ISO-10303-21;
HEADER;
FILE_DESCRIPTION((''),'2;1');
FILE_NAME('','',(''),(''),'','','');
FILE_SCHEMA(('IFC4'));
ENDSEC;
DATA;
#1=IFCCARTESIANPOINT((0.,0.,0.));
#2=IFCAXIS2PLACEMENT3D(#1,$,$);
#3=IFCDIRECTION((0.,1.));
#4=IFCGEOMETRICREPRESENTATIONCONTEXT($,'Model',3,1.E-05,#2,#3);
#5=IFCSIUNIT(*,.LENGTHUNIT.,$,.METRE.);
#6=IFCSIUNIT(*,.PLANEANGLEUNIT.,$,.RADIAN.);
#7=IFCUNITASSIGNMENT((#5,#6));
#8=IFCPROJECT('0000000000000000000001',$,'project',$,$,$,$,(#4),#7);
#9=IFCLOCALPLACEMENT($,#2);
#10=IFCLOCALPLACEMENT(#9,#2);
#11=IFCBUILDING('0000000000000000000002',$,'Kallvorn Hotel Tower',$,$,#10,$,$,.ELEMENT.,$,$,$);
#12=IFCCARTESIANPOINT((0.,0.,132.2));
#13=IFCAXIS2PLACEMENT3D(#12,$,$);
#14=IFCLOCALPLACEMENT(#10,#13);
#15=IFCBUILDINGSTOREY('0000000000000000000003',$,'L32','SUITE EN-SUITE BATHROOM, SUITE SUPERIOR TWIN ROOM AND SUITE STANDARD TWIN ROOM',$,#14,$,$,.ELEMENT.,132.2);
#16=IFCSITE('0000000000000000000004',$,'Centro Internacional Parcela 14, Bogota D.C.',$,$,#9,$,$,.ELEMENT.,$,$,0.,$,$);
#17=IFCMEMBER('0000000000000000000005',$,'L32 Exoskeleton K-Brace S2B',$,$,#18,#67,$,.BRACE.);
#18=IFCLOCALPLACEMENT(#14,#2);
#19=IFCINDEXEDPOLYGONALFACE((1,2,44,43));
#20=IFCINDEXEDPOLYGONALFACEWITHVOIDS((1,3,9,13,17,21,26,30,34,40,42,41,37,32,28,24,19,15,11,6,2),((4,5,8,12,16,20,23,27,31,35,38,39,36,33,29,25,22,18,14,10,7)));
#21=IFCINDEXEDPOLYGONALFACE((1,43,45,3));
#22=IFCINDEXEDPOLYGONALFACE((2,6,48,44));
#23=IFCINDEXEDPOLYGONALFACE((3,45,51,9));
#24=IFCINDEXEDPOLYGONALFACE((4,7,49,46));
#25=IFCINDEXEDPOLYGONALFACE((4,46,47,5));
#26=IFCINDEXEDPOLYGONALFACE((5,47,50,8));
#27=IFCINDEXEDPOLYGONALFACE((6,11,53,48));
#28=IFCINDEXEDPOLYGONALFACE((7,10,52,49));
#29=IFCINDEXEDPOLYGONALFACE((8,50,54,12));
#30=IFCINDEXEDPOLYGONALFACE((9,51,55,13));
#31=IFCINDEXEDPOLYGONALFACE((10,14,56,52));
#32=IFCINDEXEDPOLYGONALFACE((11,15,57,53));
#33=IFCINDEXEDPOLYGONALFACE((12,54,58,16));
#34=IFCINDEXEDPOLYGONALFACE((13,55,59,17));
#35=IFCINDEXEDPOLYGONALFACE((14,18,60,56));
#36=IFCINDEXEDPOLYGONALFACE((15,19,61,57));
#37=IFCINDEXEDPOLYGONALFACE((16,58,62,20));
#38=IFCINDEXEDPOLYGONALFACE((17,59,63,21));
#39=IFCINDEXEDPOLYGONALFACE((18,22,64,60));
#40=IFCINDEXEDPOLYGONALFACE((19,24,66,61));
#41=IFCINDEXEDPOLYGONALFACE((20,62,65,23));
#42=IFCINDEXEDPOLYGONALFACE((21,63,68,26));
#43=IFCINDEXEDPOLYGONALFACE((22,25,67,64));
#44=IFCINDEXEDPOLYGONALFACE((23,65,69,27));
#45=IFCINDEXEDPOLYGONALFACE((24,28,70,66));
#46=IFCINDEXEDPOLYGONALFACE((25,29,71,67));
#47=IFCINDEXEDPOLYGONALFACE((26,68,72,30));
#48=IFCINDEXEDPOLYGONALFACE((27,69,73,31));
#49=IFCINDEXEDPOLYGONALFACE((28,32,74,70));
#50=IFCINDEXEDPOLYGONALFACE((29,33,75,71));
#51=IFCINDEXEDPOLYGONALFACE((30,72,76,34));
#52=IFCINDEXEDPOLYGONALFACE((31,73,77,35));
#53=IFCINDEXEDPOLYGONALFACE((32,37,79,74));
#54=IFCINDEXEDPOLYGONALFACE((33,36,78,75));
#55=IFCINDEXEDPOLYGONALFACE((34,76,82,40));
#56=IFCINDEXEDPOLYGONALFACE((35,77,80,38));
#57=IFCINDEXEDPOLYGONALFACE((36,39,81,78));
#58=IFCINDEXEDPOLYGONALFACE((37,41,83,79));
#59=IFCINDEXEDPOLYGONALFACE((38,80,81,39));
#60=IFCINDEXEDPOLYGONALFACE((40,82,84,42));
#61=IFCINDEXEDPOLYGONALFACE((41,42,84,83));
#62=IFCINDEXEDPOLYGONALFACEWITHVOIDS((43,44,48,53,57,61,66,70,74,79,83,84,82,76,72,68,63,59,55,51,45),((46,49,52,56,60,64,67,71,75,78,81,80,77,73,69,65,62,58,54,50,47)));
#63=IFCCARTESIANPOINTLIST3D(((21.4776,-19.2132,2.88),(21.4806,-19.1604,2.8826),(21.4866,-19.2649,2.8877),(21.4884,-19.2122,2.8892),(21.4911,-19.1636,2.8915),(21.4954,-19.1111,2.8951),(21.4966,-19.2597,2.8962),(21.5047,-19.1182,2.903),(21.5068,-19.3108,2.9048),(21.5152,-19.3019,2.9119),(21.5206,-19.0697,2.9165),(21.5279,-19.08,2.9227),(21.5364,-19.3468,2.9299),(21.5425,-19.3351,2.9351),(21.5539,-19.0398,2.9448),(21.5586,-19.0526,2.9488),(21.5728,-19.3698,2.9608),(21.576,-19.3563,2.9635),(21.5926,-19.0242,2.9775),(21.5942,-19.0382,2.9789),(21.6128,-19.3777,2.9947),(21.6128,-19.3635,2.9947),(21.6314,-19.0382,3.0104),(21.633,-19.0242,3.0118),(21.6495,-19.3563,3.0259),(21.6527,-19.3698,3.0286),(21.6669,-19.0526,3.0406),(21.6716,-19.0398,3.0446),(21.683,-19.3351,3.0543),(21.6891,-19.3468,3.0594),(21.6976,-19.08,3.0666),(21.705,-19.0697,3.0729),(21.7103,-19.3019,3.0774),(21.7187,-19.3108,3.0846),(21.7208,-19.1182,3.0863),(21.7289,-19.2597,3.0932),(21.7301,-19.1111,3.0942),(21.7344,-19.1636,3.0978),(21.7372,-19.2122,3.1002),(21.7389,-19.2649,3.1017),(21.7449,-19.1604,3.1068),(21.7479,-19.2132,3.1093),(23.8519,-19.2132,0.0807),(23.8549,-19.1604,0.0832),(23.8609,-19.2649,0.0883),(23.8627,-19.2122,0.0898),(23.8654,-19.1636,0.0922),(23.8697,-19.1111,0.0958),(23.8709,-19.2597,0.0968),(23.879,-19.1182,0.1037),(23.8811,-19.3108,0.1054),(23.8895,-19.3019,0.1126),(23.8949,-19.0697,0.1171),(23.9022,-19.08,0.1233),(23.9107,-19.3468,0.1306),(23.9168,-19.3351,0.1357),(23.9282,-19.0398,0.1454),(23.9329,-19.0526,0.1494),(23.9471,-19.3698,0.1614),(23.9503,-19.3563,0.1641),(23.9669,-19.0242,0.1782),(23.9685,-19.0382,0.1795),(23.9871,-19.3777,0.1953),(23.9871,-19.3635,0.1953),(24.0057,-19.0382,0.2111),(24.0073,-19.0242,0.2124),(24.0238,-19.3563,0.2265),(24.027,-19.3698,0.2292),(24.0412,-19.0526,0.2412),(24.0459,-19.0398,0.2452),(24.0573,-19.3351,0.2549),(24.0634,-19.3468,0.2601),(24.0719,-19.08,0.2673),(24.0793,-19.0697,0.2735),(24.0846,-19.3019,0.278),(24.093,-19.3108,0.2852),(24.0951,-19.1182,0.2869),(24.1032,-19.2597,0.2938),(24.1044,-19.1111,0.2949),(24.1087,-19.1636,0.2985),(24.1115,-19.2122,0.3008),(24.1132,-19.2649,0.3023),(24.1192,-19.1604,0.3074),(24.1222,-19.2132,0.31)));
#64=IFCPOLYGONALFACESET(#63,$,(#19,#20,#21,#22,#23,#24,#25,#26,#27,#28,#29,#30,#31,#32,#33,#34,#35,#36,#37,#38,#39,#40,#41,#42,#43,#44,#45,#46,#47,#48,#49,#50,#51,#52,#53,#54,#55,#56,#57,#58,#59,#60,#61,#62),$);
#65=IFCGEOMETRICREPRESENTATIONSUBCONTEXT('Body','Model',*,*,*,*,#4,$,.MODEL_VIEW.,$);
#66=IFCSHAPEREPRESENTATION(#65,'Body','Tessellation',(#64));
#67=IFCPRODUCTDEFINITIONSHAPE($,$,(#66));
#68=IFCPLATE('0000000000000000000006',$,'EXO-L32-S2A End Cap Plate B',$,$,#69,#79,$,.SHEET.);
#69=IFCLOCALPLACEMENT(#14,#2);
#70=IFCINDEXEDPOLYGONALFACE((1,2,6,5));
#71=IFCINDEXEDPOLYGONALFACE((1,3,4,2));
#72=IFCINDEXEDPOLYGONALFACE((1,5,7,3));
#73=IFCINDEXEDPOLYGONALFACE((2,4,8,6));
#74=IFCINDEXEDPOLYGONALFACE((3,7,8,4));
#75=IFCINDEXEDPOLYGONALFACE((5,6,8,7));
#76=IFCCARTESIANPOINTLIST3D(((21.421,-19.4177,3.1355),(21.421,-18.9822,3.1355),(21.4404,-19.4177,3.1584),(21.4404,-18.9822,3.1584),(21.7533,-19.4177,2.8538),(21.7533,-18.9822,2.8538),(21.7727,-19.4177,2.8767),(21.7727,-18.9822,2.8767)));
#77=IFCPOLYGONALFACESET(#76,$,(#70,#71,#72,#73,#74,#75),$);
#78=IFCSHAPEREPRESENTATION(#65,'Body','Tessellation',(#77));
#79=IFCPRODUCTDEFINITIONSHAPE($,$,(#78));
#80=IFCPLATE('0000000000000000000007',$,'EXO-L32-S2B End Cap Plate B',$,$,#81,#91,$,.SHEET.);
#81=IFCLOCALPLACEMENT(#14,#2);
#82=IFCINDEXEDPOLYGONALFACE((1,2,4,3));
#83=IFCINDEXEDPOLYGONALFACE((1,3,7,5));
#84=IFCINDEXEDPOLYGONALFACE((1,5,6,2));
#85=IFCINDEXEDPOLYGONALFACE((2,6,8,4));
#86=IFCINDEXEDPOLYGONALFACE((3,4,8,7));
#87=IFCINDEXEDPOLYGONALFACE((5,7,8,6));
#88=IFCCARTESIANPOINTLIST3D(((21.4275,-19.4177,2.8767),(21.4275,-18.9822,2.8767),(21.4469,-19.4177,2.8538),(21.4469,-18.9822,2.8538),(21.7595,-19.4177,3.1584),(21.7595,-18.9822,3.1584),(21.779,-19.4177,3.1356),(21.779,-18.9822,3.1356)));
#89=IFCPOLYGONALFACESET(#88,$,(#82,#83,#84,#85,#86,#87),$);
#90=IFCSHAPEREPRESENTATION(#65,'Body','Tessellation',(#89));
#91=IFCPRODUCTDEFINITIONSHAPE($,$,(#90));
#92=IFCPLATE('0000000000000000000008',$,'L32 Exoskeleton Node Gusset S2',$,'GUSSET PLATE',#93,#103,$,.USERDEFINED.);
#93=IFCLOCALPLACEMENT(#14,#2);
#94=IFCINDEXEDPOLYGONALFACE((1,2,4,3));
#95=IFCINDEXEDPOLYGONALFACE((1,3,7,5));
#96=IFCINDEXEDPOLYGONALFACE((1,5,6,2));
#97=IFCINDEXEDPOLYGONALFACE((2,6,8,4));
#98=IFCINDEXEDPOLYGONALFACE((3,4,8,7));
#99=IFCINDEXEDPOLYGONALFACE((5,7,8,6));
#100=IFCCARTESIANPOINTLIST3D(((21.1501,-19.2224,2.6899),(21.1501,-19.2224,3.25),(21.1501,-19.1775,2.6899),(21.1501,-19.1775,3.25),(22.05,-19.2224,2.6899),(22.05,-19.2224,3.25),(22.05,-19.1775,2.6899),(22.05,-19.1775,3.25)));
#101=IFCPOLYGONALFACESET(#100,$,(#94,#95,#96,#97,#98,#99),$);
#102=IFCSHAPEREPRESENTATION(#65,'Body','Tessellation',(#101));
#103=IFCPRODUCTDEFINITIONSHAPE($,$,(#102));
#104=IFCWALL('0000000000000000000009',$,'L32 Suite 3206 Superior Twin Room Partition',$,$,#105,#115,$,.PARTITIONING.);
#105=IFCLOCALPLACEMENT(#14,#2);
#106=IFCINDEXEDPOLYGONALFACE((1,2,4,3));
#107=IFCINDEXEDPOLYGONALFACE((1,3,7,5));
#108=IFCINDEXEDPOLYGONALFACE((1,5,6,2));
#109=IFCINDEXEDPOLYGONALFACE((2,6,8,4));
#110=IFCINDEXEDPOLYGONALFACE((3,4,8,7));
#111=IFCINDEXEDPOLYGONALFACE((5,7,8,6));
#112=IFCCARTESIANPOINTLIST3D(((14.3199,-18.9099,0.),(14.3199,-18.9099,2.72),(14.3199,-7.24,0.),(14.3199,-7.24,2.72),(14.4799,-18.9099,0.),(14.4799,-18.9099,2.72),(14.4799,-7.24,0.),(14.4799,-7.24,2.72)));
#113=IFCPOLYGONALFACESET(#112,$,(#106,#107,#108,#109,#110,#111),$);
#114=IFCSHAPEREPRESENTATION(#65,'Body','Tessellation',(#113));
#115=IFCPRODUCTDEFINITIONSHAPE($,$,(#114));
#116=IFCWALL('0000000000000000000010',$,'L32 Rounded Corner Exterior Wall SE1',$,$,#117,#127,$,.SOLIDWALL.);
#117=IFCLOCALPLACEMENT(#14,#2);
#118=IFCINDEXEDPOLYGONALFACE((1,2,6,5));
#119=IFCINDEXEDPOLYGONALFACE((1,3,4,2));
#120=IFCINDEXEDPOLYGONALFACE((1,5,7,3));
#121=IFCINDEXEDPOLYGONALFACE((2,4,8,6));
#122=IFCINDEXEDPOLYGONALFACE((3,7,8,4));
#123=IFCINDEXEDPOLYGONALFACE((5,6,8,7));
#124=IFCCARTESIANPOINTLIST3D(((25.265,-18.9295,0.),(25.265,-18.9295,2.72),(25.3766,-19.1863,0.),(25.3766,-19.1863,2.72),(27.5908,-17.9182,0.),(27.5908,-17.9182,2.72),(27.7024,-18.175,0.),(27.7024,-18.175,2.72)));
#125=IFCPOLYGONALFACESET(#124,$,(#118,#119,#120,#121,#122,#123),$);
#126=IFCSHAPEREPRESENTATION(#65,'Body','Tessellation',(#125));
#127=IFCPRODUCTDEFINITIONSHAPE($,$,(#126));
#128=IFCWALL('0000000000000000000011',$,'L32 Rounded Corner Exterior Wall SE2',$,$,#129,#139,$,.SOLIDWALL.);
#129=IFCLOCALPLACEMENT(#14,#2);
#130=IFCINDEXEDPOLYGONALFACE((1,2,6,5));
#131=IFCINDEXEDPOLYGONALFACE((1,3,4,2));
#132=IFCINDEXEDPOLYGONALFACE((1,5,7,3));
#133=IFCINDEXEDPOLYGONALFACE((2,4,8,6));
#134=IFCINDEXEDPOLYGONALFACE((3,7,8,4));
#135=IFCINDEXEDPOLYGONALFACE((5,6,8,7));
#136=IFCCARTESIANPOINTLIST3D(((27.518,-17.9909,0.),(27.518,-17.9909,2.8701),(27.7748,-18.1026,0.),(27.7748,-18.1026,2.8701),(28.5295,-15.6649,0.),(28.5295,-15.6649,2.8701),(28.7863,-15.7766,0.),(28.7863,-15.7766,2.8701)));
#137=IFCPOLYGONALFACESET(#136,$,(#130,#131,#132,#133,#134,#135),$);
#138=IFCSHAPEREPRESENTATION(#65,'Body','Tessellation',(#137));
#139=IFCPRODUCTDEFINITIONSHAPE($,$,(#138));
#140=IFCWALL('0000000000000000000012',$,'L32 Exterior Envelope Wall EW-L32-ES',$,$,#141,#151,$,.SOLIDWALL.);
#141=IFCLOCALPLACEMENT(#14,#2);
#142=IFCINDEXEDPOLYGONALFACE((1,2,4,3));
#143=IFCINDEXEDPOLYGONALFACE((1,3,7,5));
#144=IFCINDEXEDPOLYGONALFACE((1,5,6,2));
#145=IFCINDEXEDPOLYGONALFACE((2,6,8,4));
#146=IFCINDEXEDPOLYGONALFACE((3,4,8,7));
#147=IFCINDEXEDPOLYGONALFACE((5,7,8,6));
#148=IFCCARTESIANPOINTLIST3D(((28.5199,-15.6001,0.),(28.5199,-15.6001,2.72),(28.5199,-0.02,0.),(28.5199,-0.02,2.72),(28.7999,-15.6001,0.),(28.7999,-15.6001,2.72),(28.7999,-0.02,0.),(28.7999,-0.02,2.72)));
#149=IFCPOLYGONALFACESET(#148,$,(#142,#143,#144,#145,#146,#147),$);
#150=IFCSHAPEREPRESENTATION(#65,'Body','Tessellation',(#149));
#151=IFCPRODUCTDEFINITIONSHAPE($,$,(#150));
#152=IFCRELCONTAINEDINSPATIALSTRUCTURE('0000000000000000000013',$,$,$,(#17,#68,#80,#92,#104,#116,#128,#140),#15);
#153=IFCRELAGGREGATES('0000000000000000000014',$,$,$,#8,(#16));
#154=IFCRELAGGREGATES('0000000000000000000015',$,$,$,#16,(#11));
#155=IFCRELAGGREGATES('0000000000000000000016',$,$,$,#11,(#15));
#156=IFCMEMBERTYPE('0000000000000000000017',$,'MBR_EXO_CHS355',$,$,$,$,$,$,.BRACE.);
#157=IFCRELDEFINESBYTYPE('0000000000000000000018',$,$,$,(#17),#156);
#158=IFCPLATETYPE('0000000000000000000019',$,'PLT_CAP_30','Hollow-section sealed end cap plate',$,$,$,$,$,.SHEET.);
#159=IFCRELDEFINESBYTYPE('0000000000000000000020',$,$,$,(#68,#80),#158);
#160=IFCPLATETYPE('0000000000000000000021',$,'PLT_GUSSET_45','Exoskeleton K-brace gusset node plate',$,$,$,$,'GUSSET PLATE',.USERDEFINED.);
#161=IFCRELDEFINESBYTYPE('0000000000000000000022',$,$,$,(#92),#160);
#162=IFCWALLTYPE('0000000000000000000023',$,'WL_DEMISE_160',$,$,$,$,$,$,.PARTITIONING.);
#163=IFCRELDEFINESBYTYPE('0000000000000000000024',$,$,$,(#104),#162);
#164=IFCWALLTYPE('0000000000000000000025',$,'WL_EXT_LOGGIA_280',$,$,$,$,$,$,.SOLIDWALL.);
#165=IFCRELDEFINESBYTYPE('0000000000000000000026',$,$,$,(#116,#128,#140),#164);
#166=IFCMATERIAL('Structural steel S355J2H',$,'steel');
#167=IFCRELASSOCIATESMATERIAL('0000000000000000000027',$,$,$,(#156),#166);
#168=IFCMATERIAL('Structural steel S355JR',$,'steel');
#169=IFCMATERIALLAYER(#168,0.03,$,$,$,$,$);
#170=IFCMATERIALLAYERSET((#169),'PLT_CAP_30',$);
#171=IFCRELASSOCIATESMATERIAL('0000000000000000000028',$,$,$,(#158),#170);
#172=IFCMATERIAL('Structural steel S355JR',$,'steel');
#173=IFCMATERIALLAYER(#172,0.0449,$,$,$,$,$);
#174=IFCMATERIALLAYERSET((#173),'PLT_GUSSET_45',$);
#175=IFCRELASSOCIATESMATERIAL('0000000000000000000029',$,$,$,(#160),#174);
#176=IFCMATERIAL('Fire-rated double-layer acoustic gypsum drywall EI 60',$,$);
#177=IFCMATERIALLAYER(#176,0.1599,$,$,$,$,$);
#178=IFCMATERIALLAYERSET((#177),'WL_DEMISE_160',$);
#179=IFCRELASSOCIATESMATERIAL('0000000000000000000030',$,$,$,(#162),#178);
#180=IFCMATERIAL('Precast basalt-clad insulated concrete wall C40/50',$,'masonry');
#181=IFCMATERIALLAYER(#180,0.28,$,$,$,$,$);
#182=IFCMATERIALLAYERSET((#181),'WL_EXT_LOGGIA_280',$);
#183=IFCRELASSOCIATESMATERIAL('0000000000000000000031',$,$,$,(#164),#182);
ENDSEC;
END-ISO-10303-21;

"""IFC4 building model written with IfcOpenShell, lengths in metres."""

from ifc_helpers import new_model, si_unit, direction, frame, frame_2d, origin, origin_2d, place, context, subcontext, project, spatial, polyline, rectangle, hollow_circle, outline, extrude, material, layer, layer_set, material_profile, profile_set, type_object, element, save


model = new_model("IFC4")

# Units and contexts
model_context = context("Model", 3, precision=1e-05, world=origin(), true_north=direction((0.0, 1.0)))
body_context = subcontext(model_context, "Body", "Model", "MODEL_VIEW")
ifc_project = project(units=[si_unit("LENGTHUNIT", "METRE"), si_unit("PLANEANGLEUNIT", "RADIAN")], contexts=[model_context])

# Site, building, storey
site_placement = place(None, origin())
site = spatial("IfcSite", under=ifc_project, at=site_placement, Name="Centro Internacional Parcela 14, Bogota D.C.", CompositionType="ELEMENT", RefElevation=0.0)
building_placement = place(site_placement, origin())
building = spatial("IfcBuilding", under=site, at=building_placement, Name="Kallvorn Hotel Tower", CompositionType="ELEMENT")
storey_placement = place(building_placement, frame((0.0, 0.0, 132.2)))
storey = spatial("IfcBuildingStorey", under=building, at=storey_placement, Name="L32", Description="SUITE EN-SUITE BATHROOM, SUITE SUPERIOR TWIN ROOM AND SUITE STANDARD TWIN ROOM", CompositionType="ELEMENT", Elevation=132.2)

# Member
ifc_material_1 = material(Name="Structural steel S355J2H", Category="steel")
ifc_material_profile_1 = material_profile(ifc_material_1, hollow_circle(Radius=0.1777, WallThickness=0.0142, at=origin_2d()), Name="CHS 355.6x14.2")
ifc_profile_set_1 = profile_set([ifc_material_profile_1], Name="Structural steel S355J2H")
member_type = type_object("IfcMemberType", Name="MBR_EXO_CHS355", PredefinedType="BRACE", material=ifc_profile_set_1)
for number, where, z_axis, x_axis, name in (
    (1, (23.9871, -19.2, 0.1953), (-0.646833, 0.0, 0.762631), (0.0, -1.0, 0.0), "L32 Exoskeleton K-Brace S2B"),
):
    element("IfcMember", number, at=place(storey_placement, frame(where, z_axis=z_axis, x_axis=x_axis)), inside=storey, type_object=member_type, Name=name, PredefinedType="BRACE", context=body_context, shape_type="SweptSolid", body=[
        extrude(hollow_circle(Radius=0.1777, WallThickness=0.0142, at=origin_2d()), origin(), (0.0, 0.0, 1.0), 3.6707),
    ])

# Plates
ifc_material_2 = material(Name="Structural steel S355JR", Category="steel")
ifc_layer_1 = layer(ifc_material_2, 0.03)
ifc_layer_set_1 = layer_set([ifc_layer_1], Name="PLT_CAP_30")
plate_type_1 = type_object("IfcPlateType", Name="PLT_CAP_30", Description="Hollow-section sealed end cap plate", PredefinedType="SHEET", material=ifc_layer_set_1)
plate_1_placement = place(storey_placement, frame((21.7727, -19.4177, 2.8767), z_axis=(0.646721, 0.0, 0.762727), x_axis=(0.0, 1.0, 0.0)))
element("IfcPlate", 2, at=plate_1_placement, inside=storey, type_object=plate_type_1, Name="EXO-L32-S2A End Cap Plate B", PredefinedType="SHEET", context=body_context, shape_type="SweptSolid", body=[
    extrude(outline(polyline([(0.0, 0.0), (0.4355, 0.0), (0.4355, 0.4356), (0.0, 0.4356), (0.0, 0.0)])), origin(), (0.0, 0.0, -1.0), 0.03),
])
plate_2_placement = place(storey_placement, frame((21.4275, -18.9822, 2.8767), z_axis=(-0.646997, 0.0, 0.762492), x_axis=(0.0, -1.0, 0.0)))
element("IfcPlate", 3, at=plate_2_placement, inside=storey, type_object=plate_type_1, Name="EXO-L32-S2B End Cap Plate B", PredefinedType="SHEET", context=body_context, shape_type="SweptSolid", body=[
    extrude(outline(polyline([(0.0, 0.0), (0.4355, 0.0), (0.4355, 0.4355), (0.0, 0.4355), (0.0, 0.0)])), origin(), (0.0, 0.0, -1.0), 0.03),
])
ifc_material_3 = material(Name="Structural steel S355JR", Category="steel")
ifc_layer_2 = layer(ifc_material_3, 0.0449)
ifc_layer_set_2 = layer_set([ifc_layer_2], Name="PLT_GUSSET_45")
plate_type_2 = type_object("IfcPlateType", Name="PLT_GUSSET_45", Description="Exoskeleton K-brace gusset node plate", ElementType="GUSSET PLATE", PredefinedType="USERDEFINED", material=ifc_layer_set_2)
plate_3_placement = place(storey_placement, frame((21.6001, -19.2, 2.6899), z_axis=(0.0, 0.0, 1.0), x_axis=(1.0, 0.0, 0.0)))
element("IfcPlate", 4, at=plate_3_placement, inside=storey, type_object=plate_type_2, Name="L32 Exoskeleton Node Gusset S2", ObjectType="GUSSET PLATE", PredefinedType="USERDEFINED", context=body_context, shape_type="SweptSolid", body=[
    extrude(rectangle(XDim=0.8999, YDim=0.0449, at=origin_2d()), origin(), (0.0, 0.0, 1.0), 0.5601),
])

# Walls
ifc_material_4 = material(Name="Fire-rated double-layer acoustic gypsum drywall EI 60")
ifc_layer_3 = layer(ifc_material_4, 0.1599)
ifc_layer_set_3 = layer_set([ifc_layer_3], Name="WL_DEMISE_160")
wall_type_1 = type_object("IfcWallType", Name="WL_DEMISE_160", PredefinedType="PARTITIONING", material=ifc_layer_set_3)
wall_1_placement = place(storey_placement, frame((14.3999, -18.9099, 0.0), z_axis=(0.0, 0.0, 1.0), x_axis=(0.0, 1.0, 0.0)))
element("IfcWall", 5, at=wall_1_placement, inside=storey, type_object=wall_type_1, Name="L32 Suite 3206 Superior Twin Room Partition", PredefinedType="PARTITIONING", context=body_context, shape_type="SweptSolid", body=[
    extrude(rectangle(XDim=11.6699, YDim=0.1599, at=frame_2d((5.835, 0.0))), origin(), (0.0, 0.0, 1.0), 2.72),
])
ifc_material_5 = material(Name="Precast basalt-clad insulated concrete wall C40/50", Category="masonry")
ifc_layer_4 = layer(ifc_material_5, 0.28)
ifc_layer_set_4 = layer_set([ifc_layer_4], Name="WL_EXT_LOGGIA_280")
wall_type_2 = type_object("IfcWallType", Name="WL_EXT_LOGGIA_280", PredefinedType="SOLIDWALL", material=ifc_layer_set_4)
wall_2_placement = place(storey_placement, frame((25.3208, -19.0579, 0.0), z_axis=(0.0, 0.0, 1.0), x_axis=(0.917061, 0.398747, 0.0)))
element("IfcWall", 6, at=wall_2_placement, inside=storey, type_object=wall_type_2, Name="L32 Rounded Corner Exterior Wall SE1", PredefinedType="SOLIDWALL", context=body_context, shape_type="SweptSolid", body=[
    extrude(rectangle(XDim=2.5361, YDim=0.28, at=frame_2d((1.2681, 0.0))), origin(), (0.0, 0.0, 1.0), 2.72),
])
wall_3_placement = place(storey_placement, frame((27.6465, -18.0466, 0.0), z_axis=(0.0, 0.0, 1.0), x_axis=(0.398793, 0.917041, 0.0)))
element("IfcWall", 7, at=wall_3_placement, inside=storey, type_object=wall_type_2, Name="L32 Rounded Corner Exterior Wall SE2", PredefinedType="SOLIDWALL", context=body_context, shape_type="SweptSolid", body=[
    extrude(rectangle(XDim=2.5364, YDim=0.28, at=frame_2d((1.2681, 0.0))), origin(), (0.0, 0.0, 1.0), 2.8701),
])
wall_4_placement = place(storey_placement, frame((28.6599, -15.6001, 0.0), z_axis=(0.0, 0.0, 1.0), x_axis=(0.0, 1.0, 0.0)))
element("IfcWall", 8, at=wall_4_placement, inside=storey, type_object=wall_type_2, Name="L32 Exterior Envelope Wall EW-L32-ES", PredefinedType="SOLIDWALL", context=body_context, shape_type="SweptSolid", body=[
    extrude(rectangle(XDim=15.5801, YDim=0.28, at=frame_2d((7.79, 0.0))), origin(), (0.0, 0.0, 1.0), 2.72),
])

save(model, "model.ifc")
